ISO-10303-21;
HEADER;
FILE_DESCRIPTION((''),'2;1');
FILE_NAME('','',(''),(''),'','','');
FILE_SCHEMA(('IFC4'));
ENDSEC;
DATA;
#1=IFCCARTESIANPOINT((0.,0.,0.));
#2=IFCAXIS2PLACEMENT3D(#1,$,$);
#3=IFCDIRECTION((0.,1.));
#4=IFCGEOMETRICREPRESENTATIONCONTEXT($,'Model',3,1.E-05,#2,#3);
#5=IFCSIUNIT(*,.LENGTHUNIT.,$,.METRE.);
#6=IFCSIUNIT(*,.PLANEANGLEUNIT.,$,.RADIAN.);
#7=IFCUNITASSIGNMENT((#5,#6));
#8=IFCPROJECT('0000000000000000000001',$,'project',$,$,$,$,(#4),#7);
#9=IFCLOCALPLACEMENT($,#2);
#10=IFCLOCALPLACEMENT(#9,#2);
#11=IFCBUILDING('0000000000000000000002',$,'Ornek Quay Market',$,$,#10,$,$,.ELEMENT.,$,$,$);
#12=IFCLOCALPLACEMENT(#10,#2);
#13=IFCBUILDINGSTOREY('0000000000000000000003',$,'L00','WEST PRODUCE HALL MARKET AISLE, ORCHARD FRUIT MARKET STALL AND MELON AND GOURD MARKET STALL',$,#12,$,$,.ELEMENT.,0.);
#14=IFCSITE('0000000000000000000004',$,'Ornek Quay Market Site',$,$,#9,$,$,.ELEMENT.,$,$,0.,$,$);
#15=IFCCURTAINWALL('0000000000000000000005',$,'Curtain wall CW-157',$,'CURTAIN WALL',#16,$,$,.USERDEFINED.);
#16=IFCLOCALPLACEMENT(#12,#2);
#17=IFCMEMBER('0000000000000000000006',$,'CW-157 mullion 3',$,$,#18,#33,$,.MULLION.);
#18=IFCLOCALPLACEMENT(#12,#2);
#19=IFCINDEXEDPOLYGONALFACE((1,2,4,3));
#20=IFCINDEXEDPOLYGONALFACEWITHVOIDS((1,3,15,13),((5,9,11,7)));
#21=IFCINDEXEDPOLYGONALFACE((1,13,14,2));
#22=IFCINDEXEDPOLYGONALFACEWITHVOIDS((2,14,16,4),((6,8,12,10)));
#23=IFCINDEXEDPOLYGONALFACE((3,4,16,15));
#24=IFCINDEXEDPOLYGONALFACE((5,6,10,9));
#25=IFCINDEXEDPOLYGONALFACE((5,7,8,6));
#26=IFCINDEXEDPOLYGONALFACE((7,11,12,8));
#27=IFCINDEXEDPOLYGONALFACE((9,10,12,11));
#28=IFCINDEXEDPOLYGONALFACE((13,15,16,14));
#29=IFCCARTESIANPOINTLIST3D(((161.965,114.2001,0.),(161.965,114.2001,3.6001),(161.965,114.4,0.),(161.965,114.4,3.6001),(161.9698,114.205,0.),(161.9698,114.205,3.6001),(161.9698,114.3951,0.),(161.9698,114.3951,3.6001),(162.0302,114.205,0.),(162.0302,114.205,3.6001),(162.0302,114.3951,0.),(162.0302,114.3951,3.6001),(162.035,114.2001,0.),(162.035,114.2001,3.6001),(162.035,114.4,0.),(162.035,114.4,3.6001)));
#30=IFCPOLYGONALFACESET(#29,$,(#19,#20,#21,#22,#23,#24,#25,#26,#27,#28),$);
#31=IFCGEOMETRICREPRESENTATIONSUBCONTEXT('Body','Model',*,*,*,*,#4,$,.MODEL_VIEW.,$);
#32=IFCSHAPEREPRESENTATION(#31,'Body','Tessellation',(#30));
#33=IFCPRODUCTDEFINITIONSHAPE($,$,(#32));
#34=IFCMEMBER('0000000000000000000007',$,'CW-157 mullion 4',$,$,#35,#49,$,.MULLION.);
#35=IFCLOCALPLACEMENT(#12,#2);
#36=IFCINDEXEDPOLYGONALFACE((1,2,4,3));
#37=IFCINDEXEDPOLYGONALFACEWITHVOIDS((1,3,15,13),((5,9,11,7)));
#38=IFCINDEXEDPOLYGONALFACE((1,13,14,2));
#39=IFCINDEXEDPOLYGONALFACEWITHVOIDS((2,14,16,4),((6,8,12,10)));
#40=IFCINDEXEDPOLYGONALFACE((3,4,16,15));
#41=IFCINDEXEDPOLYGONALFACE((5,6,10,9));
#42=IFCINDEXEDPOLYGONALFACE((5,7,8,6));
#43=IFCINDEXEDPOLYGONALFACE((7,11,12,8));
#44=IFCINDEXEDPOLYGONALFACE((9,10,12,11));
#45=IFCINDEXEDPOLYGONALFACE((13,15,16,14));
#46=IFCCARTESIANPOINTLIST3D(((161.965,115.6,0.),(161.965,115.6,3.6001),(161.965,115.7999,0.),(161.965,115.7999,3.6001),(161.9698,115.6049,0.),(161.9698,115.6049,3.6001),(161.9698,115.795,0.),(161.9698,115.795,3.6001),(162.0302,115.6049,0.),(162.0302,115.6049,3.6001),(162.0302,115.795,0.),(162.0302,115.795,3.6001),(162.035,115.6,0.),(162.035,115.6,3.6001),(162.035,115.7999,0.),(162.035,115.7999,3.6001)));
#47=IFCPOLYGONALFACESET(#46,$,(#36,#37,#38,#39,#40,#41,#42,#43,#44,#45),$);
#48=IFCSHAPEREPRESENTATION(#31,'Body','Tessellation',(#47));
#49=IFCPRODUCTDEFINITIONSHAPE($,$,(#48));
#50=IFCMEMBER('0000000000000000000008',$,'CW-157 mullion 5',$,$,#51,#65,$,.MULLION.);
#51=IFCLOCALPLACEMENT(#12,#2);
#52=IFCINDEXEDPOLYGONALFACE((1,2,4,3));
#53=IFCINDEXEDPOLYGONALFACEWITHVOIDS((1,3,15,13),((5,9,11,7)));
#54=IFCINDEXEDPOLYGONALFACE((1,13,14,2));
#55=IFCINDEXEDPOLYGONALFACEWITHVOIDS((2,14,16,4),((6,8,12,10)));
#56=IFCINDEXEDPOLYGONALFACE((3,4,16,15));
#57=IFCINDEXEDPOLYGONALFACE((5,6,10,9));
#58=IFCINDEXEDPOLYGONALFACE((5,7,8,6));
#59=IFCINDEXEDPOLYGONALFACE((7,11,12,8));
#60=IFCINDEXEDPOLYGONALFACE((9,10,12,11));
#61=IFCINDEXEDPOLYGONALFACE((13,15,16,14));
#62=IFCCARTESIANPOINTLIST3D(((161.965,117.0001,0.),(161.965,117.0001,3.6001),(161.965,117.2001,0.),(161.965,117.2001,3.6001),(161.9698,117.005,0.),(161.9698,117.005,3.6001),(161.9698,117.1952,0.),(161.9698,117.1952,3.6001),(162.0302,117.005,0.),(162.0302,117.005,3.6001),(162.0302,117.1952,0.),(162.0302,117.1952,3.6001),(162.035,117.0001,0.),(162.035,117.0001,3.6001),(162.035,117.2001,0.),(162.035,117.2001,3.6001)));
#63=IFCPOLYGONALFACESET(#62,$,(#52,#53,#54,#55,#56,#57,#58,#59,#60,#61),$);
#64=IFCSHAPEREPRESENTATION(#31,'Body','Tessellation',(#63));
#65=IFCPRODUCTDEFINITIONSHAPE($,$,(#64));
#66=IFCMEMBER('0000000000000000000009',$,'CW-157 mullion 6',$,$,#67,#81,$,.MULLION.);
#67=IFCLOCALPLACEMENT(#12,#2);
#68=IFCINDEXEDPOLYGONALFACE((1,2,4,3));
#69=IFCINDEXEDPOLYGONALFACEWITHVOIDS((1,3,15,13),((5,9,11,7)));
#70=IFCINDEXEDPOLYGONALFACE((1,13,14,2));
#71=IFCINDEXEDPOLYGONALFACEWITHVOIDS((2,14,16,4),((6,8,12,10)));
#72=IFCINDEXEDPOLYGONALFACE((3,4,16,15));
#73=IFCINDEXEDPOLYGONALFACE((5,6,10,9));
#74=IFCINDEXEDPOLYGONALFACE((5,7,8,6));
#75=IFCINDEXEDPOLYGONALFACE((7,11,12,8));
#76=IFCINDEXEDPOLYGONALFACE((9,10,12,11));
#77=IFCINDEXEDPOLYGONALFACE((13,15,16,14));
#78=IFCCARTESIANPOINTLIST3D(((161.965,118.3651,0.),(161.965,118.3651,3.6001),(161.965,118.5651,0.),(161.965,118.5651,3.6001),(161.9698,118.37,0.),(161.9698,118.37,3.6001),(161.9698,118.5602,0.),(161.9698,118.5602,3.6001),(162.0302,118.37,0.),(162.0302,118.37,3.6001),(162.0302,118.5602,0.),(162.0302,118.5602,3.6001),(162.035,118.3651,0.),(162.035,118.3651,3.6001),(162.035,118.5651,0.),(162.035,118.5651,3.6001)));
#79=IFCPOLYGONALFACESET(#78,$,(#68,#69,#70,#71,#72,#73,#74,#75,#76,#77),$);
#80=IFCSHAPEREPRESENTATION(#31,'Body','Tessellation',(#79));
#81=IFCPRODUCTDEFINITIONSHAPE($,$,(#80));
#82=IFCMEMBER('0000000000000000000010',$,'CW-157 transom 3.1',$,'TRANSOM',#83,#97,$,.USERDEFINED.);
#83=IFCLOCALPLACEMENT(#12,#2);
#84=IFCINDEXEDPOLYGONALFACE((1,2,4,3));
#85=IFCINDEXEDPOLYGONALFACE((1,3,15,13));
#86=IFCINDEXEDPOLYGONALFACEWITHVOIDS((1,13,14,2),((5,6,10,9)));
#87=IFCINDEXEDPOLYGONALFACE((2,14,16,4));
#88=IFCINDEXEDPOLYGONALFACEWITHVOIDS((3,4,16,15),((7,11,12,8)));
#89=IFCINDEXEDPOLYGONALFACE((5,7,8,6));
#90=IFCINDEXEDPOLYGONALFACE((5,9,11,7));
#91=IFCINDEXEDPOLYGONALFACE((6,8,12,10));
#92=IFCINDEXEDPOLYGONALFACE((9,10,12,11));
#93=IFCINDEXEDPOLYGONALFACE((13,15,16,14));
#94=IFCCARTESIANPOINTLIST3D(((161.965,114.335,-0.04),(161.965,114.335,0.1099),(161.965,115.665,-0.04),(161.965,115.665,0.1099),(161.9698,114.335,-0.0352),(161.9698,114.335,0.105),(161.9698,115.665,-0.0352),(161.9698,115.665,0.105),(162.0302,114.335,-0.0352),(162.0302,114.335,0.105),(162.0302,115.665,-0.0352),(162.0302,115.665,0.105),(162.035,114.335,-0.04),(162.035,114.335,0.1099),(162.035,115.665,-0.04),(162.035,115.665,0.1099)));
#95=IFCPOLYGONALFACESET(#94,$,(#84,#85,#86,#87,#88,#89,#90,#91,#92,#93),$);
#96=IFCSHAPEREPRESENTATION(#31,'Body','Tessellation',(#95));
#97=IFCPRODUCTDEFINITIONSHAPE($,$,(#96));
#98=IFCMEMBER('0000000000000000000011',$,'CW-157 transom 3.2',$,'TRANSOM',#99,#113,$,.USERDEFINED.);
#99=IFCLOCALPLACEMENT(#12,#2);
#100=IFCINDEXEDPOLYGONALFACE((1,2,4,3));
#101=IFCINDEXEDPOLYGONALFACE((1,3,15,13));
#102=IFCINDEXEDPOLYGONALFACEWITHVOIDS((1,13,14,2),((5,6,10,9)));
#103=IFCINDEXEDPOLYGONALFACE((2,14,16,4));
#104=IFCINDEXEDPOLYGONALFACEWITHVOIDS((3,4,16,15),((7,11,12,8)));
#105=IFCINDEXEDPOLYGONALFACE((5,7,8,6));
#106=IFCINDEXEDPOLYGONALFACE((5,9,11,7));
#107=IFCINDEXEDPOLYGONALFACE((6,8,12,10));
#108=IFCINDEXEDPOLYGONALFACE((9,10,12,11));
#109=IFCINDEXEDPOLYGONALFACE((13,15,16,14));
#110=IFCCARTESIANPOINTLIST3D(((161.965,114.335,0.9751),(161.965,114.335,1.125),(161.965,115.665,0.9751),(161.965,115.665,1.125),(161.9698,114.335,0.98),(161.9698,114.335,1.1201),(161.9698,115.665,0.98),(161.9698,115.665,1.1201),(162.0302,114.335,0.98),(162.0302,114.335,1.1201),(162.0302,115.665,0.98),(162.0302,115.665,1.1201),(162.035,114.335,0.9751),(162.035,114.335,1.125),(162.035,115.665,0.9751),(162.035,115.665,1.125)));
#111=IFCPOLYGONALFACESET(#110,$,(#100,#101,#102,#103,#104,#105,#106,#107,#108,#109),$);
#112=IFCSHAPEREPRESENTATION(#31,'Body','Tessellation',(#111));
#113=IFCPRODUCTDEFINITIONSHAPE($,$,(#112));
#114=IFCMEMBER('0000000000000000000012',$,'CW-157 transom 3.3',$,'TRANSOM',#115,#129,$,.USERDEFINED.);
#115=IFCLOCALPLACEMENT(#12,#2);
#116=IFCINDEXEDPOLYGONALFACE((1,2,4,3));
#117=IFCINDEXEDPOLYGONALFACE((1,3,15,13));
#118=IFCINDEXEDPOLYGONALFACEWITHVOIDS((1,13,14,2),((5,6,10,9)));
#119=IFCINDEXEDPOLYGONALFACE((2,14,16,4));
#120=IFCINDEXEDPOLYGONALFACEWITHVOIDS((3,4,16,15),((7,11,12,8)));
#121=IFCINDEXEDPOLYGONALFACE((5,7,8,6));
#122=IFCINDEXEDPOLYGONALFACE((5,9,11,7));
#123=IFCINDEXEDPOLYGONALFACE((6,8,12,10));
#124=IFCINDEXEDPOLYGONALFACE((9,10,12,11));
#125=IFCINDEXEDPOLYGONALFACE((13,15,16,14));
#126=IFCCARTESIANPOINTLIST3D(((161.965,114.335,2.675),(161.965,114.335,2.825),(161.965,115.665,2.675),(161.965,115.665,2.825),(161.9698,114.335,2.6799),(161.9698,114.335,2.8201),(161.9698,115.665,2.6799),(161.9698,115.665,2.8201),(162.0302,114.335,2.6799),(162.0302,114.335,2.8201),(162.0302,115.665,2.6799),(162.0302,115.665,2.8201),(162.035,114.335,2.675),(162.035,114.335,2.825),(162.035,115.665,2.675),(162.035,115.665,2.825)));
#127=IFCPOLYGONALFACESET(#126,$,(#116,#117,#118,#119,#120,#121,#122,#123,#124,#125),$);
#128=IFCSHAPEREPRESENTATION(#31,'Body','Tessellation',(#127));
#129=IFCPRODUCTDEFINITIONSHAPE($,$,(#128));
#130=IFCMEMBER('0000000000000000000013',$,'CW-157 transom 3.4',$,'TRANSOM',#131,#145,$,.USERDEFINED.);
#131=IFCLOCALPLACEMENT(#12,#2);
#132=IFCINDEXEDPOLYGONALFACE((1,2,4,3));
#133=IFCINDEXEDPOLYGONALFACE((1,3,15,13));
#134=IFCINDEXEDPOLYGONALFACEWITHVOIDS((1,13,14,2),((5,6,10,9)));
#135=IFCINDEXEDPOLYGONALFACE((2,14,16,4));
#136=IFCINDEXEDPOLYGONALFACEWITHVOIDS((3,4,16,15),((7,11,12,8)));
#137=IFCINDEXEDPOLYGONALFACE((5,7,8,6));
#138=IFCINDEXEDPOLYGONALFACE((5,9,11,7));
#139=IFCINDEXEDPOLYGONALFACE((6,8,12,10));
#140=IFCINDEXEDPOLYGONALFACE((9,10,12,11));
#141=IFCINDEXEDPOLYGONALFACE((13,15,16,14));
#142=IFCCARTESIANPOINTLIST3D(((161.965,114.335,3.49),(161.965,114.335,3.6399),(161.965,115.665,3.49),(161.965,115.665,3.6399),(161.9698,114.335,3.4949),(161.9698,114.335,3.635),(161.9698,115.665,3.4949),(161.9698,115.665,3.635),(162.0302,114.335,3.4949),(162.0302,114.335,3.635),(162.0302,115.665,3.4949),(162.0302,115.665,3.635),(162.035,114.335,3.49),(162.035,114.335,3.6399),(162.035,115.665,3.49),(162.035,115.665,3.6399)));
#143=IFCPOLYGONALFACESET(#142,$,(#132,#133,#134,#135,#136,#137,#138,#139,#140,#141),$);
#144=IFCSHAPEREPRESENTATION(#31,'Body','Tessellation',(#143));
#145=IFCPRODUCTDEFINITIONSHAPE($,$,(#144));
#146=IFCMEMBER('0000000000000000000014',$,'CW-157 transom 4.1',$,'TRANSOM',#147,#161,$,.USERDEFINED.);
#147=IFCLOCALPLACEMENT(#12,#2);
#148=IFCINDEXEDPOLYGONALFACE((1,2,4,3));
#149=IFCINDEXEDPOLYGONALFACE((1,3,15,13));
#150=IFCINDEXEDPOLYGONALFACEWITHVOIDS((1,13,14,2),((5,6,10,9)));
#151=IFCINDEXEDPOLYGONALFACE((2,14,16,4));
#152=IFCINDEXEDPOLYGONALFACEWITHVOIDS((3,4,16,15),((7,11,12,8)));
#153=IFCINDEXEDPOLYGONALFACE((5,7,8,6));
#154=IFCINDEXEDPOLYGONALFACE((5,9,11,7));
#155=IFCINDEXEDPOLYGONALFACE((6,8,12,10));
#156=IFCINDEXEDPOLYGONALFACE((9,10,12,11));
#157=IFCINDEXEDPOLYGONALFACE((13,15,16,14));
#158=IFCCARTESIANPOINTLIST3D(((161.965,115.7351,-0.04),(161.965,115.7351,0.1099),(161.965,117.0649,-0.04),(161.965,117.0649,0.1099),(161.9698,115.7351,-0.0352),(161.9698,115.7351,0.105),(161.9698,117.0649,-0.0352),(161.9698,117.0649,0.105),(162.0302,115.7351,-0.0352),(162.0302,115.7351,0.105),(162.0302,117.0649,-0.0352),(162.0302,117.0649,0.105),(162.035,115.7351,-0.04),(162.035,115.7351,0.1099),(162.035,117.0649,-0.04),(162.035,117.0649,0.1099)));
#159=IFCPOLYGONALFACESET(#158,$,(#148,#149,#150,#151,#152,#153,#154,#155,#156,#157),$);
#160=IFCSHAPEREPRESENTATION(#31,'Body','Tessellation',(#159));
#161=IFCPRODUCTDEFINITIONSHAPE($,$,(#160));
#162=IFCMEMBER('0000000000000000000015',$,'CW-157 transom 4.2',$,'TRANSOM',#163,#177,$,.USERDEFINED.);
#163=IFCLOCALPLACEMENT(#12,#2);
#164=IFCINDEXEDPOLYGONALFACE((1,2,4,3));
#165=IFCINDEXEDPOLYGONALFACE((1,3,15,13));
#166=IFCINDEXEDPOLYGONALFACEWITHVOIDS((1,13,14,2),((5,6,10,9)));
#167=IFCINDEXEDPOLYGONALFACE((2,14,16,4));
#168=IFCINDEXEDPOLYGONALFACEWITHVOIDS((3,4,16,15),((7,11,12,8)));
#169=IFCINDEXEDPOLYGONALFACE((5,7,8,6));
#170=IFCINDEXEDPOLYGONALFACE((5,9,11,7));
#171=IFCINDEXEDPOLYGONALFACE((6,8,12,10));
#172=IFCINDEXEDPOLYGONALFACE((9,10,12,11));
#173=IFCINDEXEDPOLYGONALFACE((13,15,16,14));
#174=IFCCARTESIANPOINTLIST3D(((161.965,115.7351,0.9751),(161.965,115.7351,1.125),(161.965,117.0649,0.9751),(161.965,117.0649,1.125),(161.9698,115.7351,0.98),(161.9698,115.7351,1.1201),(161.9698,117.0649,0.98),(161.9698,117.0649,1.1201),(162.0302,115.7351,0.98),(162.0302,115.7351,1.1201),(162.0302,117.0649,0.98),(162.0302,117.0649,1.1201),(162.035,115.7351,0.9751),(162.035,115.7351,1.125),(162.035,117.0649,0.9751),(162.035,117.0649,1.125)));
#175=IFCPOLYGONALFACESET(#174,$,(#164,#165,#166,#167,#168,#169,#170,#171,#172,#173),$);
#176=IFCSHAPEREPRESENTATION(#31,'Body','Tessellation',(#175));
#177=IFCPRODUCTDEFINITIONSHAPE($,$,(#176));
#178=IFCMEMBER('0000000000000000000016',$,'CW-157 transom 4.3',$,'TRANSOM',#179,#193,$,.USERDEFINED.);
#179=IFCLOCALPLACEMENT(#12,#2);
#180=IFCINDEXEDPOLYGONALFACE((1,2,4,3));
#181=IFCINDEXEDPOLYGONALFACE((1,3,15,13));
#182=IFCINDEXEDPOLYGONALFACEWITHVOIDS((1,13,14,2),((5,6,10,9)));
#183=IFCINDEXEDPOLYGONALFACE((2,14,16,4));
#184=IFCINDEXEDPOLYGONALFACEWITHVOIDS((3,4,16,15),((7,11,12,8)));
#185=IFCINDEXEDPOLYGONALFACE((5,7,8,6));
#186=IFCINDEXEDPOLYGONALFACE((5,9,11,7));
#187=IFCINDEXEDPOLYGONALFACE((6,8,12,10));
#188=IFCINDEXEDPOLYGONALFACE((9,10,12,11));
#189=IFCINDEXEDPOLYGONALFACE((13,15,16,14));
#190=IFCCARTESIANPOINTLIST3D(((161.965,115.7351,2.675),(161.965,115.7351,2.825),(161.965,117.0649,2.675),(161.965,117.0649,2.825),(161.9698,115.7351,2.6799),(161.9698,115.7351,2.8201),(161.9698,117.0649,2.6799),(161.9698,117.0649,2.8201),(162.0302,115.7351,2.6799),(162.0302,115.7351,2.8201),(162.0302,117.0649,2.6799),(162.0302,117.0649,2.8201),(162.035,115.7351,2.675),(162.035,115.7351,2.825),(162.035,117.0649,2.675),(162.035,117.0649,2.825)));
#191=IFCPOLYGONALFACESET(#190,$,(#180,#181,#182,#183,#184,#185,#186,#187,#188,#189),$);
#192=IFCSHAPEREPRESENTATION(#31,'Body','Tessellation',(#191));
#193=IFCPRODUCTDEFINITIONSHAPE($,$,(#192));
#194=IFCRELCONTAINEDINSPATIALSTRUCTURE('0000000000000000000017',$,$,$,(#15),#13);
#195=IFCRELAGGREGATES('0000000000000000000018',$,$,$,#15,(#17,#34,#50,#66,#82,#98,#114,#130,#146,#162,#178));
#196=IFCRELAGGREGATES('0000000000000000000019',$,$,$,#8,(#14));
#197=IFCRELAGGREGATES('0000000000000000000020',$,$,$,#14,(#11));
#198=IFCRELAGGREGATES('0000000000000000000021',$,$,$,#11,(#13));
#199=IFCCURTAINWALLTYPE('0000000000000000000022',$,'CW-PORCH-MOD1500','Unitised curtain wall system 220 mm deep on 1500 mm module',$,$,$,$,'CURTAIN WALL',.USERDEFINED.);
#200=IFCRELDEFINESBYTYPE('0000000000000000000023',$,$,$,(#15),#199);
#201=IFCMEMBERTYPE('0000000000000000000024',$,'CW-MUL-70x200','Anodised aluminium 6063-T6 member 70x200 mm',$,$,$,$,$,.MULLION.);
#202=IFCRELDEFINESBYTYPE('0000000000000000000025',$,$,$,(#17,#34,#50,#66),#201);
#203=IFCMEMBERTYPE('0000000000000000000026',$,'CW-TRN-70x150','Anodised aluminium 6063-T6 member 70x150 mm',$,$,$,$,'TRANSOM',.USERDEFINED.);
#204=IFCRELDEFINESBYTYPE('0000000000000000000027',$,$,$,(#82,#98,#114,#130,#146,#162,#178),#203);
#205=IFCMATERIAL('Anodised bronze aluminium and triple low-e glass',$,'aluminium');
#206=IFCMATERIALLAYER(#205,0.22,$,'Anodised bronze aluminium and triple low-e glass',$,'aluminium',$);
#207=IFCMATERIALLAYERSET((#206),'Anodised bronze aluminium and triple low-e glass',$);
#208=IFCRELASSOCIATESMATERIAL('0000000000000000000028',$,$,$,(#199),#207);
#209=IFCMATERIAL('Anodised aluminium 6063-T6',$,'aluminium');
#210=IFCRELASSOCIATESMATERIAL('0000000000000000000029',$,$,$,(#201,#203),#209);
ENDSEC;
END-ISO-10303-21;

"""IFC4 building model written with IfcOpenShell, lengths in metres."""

from ifc_helpers import new_model, si_unit, direction, frame, origin, origin_2d, place, context, subcontext, project, spatial, hollow_rectangle, extrude, material, layer, layer_set, material_profile, profile_set, type_object, element, aggregate, save


model = new_model("IFC4")

# Units and contexts
model_context = context("Model", 3, precision=1e-05, world=origin(), true_north=direction((0.0, 1.0)))
body_context = subcontext(model_context, "Body", "Model", "MODEL_VIEW")
ifc_project = project(units=[si_unit("LENGTHUNIT", "METRE"), si_unit("PLANEANGLEUNIT", "RADIAN")], contexts=[model_context])

# Site, building, storey
site_placement = place(None, origin())
site = spatial("IfcSite", under=ifc_project, at=site_placement, Name="Ornek Quay Market Site", CompositionType="ELEMENT", RefElevation=0.0)
building_placement = place(site_placement, origin())
building = spatial("IfcBuilding", under=site, at=building_placement, Name="Ornek Quay Market", CompositionType="ELEMENT")
storey_placement = place(building_placement, origin())
storey = spatial("IfcBuildingStorey", under=building, at=storey_placement, Name="L00", Description="WEST PRODUCE HALL MARKET AISLE, ORCHARD FRUIT MARKET STALL AND MELON AND GOURD MARKET STALL", CompositionType="ELEMENT", Elevation=0.0)

# Curtain wall, members
ifc_material_1 = material(Name="Anodised bronze aluminium and triple low-e glass", Category="aluminium")
ifc_layer_1 = layer(ifc_material_1, 0.22, Name="Anodised bronze aluminium and triple low-e glass", Category="aluminium")
ifc_layer_set_1 = layer_set([ifc_layer_1], Name="Anodised bronze aluminium and triple low-e glass")
curtain_wall_type = type_object("IfcCurtainWallType", Name="CW-PORCH-MOD1500", Description="Unitised curtain wall system 220 mm deep on 1500 mm module", ElementType="CURTAIN WALL", PredefinedType="USERDEFINED", material=ifc_layer_set_1)
curtain_wall_placement = place(storey_placement, origin())
curtain_wall = element("IfcCurtainWall", 1, at=curtain_wall_placement, inside=storey, type_object=curtain_wall_type, Name="Curtain wall CW-157", ObjectType="CURTAIN WALL", PredefinedType="USERDEFINED")
ifc_material_2 = material(Name="Anodised aluminium 6063-T6", Category="aluminium")
ifc_material_profile_1 = material_profile(ifc_material_2, hollow_rectangle(XDim=0.0701, YDim=0.2, WallThickness=0.0049, at=origin_2d()), Name="CW-MUL-70x200", Category="aluminium")
ifc_profile_set_1 = profile_set([ifc_material_profile_1], Name="Anodised aluminium 6063-T6")
member_type_1 = type_object("IfcMemberType", Name="CW-MUL-70x200", Description="Anodised aluminium 6063-T6 member 70x200 mm", PredefinedType="MULLION", material=ifc_profile_set_1)
member_1_placement = place(storey_placement, frame((162.0, 114.3, 0.0), z_axis=(0.0, 0.0, 1.0), x_axis=(-1.0, 0.0, 0.0)))
member_1 = element("IfcMember", 2, at=member_1_placement, type_object=member_type_1, Name="CW-157 mullion 3", PredefinedType="MULLION", context=body_context, shape_type="SweptSolid", body=[
    extrude(hollow_rectangle(XDim=0.0701, YDim=0.2, WallThickness=0.0049, at=origin_2d()), origin(), (0.0, 0.0, 1.0), 3.6001),
])
member_2_placement = place(storey_placement, frame((162.0, 115.7, 0.0), z_axis=(0.0, 0.0, 1.0), x_axis=(-1.0, 0.0, 0.0)))
member_2 = element("IfcMember", 3, at=member_2_placement, type_object=member_type_1, Name="CW-157 mullion 4", PredefinedType="MULLION", context=body_context, shape_type="SweptSolid", body=[
    extrude(hollow_rectangle(XDim=0.0701, YDim=0.2, WallThickness=0.0049, at=origin_2d()), origin(), (0.0, 0.0, 1.0), 3.6001),
])
member_3_placement = place(storey_placement, frame((162.0, 117.1001, 0.0), z_axis=(0.0, 0.0, 1.0), x_axis=(-1.0, 0.0, 0.0)))
member_3 = element("IfcMember", 4, at=member_3_placement, type_object=member_type_1, Name="CW-157 mullion 5", PredefinedType="MULLION", context=body_context, shape_type="SweptSolid", body=[
    extrude(hollow_rectangle(XDim=0.0701, YDim=0.2, WallThickness=0.0049, at=origin_2d()), origin(), (0.0, 0.0, 1.0), 3.6001),
])
member_4_placement = place(storey_placement, frame((162.0, 118.4651, 0.0), z_axis=(0.0, 0.0, 1.0), x_axis=(-1.0, 0.0, 0.0)))
member_4 = element("IfcMember", 5, at=member_4_placement, type_object=member_type_1, Name="CW-157 mullion 6", PredefinedType="MULLION", context=body_context, shape_type="SweptSolid", body=[
    extrude(hollow_rectangle(XDim=0.0701, YDim=0.2, WallThickness=0.0049, at=origin_2d()), origin(), (0.0, 0.0, 1.0), 3.6001),
])
ifc_material_profile_2 = material_profile(ifc_material_2, hollow_rectangle(XDim=0.0701, YDim=0.1499, WallThickness=0.0049, at=origin_2d()), Name="CW-TRN-70x150", Category="aluminium")
ifc_profile_set_2 = profile_set([ifc_material_profile_2], Name="Anodised aluminium 6063-T6")
member_type_2 = type_object("IfcMemberType", Name="CW-TRN-70x150", Description="Anodised aluminium 6063-T6 member 70x150 mm", ElementType="TRANSOM", PredefinedType="USERDEFINED", material=ifc_profile_set_2)
member_5_placement = place(storey_placement, frame((162.0, 114.335, 0.0349), z_axis=(0.0, 1.0, 0.0), x_axis=(-1.0, 0.0, 0.0)))
member_5 = element("IfcMember", 6, at=member_5_placement, type_object=member_type_2, Name="CW-157 transom 3.1", ObjectType="TRANSOM", PredefinedType="USERDEFINED", context=body_context, shape_type="SweptSolid", body=[
    extrude(hollow_rectangle(XDim=0.0701, YDim=0.1499, WallThickness=0.0049, at=origin_2d()), origin(), (0.0, 0.0, 1.0), 1.3301),
])
member_6_placement = place(storey_placement, frame((162.0, 114.335, 1.05), z_axis=(0.0, 1.0, 0.0), x_axis=(-1.0, 0.0, 0.0)))
member_6 = element("IfcMember", 7, at=member_6_placement, type_object=member_type_2, Name="CW-157 transom 3.2", ObjectType="TRANSOM", PredefinedType="USERDEFINED", context=body_context, shape_type="SweptSolid", body=[
    extrude(hollow_rectangle(XDim=0.0701, YDim=0.1499, WallThickness=0.0049, at=origin_2d()), origin(), (0.0, 0.0, 1.0), 1.3301),
])
member_7_placement = place(storey_placement, frame((162.0, 114.335, 2.75), z_axis=(0.0, 1.0, 0.0), x_axis=(-1.0, 0.0, 0.0)))
member_7 = element("IfcMember", 8, at=member_7_placement, type_object=member_type_2, Name="CW-157 transom 3.3", ObjectType="TRANSOM", PredefinedType="USERDEFINED", context=body_context, shape_type="SweptSolid", body=[
    extrude(hollow_rectangle(XDim=0.0701, YDim=0.1499, WallThickness=0.0049, at=origin_2d()), origin(), (0.0, 0.0, 1.0), 1.3301),
])
member_8_placement = place(storey_placement, frame((162.0, 114.335, 3.5649), z_axis=(0.0, 1.0, 0.0), x_axis=(-1.0, 0.0, 0.0)))
member_8 = element("IfcMember", 9, at=member_8_placement, type_object=member_type_2, Name="CW-157 transom 3.4", ObjectType="TRANSOM", PredefinedType="USERDEFINED", context=body_context, shape_type="SweptSolid", body=[
    extrude(hollow_rectangle(XDim=0.0701, YDim=0.1499, WallThickness=0.0049, at=origin_2d()), origin(), (0.0, 0.0, 1.0), 1.3301),
])
member_9_placement = place(storey_placement, frame((162.0, 115.7351, 0.0349), z_axis=(0.0, 1.0, 0.0), x_axis=(-1.0, 0.0, 0.0)))
member_9 = element("IfcMember", 10, at=member_9_placement, type_object=member_type_2, Name="CW-157 transom 4.1", ObjectType="TRANSOM", PredefinedType="USERDEFINED", context=body_context, shape_type="SweptSolid", body=[
    extrude(hollow_rectangle(XDim=0.0701, YDim=0.1499, WallThickness=0.0049, at=origin_2d()), origin(), (0.0, 0.0, 1.0), 1.3298),
])
member_10_placement = place(storey_placement, frame((162.0, 115.7351, 1.05), z_axis=(0.0, 1.0, 0.0), x_axis=(-1.0, 0.0, 0.0)))
member_10 = element("IfcMember", 11, at=member_10_placement, type_object=member_type_2, Name="CW-157 transom 4.2", ObjectType="TRANSOM", PredefinedType="USERDEFINED", context=body_context, shape_type="SweptSolid", body=[
    extrude(hollow_rectangle(XDim=0.0701, YDim=0.1499, WallThickness=0.0049, at=origin_2d()), origin(), (0.0, 0.0, 1.0), 1.3298),
])
member_11_placement = place(storey_placement, frame((162.0, 115.7351, 2.75), z_axis=(0.0, 1.0, 0.0), x_axis=(-1.0, 0.0, 0.0)))
member_11 = element("IfcMember", 12, at=member_11_placement, type_object=member_type_2, Name="CW-157 transom 4.3", ObjectType="TRANSOM", PredefinedType="USERDEFINED", context=body_context, shape_type="SweptSolid", body=[
    extrude(hollow_rectangle(XDim=0.0701, YDim=0.1499, WallThickness=0.0049, at=origin_2d()), origin(), (0.0, 0.0, 1.0), 1.3298),
])
aggregate(curtain_wall, [member_1, member_2, member_3, member_4, member_5, member_6, member_7, member_8, member_9, member_10, member_11])

save(model, "model.ifc")
